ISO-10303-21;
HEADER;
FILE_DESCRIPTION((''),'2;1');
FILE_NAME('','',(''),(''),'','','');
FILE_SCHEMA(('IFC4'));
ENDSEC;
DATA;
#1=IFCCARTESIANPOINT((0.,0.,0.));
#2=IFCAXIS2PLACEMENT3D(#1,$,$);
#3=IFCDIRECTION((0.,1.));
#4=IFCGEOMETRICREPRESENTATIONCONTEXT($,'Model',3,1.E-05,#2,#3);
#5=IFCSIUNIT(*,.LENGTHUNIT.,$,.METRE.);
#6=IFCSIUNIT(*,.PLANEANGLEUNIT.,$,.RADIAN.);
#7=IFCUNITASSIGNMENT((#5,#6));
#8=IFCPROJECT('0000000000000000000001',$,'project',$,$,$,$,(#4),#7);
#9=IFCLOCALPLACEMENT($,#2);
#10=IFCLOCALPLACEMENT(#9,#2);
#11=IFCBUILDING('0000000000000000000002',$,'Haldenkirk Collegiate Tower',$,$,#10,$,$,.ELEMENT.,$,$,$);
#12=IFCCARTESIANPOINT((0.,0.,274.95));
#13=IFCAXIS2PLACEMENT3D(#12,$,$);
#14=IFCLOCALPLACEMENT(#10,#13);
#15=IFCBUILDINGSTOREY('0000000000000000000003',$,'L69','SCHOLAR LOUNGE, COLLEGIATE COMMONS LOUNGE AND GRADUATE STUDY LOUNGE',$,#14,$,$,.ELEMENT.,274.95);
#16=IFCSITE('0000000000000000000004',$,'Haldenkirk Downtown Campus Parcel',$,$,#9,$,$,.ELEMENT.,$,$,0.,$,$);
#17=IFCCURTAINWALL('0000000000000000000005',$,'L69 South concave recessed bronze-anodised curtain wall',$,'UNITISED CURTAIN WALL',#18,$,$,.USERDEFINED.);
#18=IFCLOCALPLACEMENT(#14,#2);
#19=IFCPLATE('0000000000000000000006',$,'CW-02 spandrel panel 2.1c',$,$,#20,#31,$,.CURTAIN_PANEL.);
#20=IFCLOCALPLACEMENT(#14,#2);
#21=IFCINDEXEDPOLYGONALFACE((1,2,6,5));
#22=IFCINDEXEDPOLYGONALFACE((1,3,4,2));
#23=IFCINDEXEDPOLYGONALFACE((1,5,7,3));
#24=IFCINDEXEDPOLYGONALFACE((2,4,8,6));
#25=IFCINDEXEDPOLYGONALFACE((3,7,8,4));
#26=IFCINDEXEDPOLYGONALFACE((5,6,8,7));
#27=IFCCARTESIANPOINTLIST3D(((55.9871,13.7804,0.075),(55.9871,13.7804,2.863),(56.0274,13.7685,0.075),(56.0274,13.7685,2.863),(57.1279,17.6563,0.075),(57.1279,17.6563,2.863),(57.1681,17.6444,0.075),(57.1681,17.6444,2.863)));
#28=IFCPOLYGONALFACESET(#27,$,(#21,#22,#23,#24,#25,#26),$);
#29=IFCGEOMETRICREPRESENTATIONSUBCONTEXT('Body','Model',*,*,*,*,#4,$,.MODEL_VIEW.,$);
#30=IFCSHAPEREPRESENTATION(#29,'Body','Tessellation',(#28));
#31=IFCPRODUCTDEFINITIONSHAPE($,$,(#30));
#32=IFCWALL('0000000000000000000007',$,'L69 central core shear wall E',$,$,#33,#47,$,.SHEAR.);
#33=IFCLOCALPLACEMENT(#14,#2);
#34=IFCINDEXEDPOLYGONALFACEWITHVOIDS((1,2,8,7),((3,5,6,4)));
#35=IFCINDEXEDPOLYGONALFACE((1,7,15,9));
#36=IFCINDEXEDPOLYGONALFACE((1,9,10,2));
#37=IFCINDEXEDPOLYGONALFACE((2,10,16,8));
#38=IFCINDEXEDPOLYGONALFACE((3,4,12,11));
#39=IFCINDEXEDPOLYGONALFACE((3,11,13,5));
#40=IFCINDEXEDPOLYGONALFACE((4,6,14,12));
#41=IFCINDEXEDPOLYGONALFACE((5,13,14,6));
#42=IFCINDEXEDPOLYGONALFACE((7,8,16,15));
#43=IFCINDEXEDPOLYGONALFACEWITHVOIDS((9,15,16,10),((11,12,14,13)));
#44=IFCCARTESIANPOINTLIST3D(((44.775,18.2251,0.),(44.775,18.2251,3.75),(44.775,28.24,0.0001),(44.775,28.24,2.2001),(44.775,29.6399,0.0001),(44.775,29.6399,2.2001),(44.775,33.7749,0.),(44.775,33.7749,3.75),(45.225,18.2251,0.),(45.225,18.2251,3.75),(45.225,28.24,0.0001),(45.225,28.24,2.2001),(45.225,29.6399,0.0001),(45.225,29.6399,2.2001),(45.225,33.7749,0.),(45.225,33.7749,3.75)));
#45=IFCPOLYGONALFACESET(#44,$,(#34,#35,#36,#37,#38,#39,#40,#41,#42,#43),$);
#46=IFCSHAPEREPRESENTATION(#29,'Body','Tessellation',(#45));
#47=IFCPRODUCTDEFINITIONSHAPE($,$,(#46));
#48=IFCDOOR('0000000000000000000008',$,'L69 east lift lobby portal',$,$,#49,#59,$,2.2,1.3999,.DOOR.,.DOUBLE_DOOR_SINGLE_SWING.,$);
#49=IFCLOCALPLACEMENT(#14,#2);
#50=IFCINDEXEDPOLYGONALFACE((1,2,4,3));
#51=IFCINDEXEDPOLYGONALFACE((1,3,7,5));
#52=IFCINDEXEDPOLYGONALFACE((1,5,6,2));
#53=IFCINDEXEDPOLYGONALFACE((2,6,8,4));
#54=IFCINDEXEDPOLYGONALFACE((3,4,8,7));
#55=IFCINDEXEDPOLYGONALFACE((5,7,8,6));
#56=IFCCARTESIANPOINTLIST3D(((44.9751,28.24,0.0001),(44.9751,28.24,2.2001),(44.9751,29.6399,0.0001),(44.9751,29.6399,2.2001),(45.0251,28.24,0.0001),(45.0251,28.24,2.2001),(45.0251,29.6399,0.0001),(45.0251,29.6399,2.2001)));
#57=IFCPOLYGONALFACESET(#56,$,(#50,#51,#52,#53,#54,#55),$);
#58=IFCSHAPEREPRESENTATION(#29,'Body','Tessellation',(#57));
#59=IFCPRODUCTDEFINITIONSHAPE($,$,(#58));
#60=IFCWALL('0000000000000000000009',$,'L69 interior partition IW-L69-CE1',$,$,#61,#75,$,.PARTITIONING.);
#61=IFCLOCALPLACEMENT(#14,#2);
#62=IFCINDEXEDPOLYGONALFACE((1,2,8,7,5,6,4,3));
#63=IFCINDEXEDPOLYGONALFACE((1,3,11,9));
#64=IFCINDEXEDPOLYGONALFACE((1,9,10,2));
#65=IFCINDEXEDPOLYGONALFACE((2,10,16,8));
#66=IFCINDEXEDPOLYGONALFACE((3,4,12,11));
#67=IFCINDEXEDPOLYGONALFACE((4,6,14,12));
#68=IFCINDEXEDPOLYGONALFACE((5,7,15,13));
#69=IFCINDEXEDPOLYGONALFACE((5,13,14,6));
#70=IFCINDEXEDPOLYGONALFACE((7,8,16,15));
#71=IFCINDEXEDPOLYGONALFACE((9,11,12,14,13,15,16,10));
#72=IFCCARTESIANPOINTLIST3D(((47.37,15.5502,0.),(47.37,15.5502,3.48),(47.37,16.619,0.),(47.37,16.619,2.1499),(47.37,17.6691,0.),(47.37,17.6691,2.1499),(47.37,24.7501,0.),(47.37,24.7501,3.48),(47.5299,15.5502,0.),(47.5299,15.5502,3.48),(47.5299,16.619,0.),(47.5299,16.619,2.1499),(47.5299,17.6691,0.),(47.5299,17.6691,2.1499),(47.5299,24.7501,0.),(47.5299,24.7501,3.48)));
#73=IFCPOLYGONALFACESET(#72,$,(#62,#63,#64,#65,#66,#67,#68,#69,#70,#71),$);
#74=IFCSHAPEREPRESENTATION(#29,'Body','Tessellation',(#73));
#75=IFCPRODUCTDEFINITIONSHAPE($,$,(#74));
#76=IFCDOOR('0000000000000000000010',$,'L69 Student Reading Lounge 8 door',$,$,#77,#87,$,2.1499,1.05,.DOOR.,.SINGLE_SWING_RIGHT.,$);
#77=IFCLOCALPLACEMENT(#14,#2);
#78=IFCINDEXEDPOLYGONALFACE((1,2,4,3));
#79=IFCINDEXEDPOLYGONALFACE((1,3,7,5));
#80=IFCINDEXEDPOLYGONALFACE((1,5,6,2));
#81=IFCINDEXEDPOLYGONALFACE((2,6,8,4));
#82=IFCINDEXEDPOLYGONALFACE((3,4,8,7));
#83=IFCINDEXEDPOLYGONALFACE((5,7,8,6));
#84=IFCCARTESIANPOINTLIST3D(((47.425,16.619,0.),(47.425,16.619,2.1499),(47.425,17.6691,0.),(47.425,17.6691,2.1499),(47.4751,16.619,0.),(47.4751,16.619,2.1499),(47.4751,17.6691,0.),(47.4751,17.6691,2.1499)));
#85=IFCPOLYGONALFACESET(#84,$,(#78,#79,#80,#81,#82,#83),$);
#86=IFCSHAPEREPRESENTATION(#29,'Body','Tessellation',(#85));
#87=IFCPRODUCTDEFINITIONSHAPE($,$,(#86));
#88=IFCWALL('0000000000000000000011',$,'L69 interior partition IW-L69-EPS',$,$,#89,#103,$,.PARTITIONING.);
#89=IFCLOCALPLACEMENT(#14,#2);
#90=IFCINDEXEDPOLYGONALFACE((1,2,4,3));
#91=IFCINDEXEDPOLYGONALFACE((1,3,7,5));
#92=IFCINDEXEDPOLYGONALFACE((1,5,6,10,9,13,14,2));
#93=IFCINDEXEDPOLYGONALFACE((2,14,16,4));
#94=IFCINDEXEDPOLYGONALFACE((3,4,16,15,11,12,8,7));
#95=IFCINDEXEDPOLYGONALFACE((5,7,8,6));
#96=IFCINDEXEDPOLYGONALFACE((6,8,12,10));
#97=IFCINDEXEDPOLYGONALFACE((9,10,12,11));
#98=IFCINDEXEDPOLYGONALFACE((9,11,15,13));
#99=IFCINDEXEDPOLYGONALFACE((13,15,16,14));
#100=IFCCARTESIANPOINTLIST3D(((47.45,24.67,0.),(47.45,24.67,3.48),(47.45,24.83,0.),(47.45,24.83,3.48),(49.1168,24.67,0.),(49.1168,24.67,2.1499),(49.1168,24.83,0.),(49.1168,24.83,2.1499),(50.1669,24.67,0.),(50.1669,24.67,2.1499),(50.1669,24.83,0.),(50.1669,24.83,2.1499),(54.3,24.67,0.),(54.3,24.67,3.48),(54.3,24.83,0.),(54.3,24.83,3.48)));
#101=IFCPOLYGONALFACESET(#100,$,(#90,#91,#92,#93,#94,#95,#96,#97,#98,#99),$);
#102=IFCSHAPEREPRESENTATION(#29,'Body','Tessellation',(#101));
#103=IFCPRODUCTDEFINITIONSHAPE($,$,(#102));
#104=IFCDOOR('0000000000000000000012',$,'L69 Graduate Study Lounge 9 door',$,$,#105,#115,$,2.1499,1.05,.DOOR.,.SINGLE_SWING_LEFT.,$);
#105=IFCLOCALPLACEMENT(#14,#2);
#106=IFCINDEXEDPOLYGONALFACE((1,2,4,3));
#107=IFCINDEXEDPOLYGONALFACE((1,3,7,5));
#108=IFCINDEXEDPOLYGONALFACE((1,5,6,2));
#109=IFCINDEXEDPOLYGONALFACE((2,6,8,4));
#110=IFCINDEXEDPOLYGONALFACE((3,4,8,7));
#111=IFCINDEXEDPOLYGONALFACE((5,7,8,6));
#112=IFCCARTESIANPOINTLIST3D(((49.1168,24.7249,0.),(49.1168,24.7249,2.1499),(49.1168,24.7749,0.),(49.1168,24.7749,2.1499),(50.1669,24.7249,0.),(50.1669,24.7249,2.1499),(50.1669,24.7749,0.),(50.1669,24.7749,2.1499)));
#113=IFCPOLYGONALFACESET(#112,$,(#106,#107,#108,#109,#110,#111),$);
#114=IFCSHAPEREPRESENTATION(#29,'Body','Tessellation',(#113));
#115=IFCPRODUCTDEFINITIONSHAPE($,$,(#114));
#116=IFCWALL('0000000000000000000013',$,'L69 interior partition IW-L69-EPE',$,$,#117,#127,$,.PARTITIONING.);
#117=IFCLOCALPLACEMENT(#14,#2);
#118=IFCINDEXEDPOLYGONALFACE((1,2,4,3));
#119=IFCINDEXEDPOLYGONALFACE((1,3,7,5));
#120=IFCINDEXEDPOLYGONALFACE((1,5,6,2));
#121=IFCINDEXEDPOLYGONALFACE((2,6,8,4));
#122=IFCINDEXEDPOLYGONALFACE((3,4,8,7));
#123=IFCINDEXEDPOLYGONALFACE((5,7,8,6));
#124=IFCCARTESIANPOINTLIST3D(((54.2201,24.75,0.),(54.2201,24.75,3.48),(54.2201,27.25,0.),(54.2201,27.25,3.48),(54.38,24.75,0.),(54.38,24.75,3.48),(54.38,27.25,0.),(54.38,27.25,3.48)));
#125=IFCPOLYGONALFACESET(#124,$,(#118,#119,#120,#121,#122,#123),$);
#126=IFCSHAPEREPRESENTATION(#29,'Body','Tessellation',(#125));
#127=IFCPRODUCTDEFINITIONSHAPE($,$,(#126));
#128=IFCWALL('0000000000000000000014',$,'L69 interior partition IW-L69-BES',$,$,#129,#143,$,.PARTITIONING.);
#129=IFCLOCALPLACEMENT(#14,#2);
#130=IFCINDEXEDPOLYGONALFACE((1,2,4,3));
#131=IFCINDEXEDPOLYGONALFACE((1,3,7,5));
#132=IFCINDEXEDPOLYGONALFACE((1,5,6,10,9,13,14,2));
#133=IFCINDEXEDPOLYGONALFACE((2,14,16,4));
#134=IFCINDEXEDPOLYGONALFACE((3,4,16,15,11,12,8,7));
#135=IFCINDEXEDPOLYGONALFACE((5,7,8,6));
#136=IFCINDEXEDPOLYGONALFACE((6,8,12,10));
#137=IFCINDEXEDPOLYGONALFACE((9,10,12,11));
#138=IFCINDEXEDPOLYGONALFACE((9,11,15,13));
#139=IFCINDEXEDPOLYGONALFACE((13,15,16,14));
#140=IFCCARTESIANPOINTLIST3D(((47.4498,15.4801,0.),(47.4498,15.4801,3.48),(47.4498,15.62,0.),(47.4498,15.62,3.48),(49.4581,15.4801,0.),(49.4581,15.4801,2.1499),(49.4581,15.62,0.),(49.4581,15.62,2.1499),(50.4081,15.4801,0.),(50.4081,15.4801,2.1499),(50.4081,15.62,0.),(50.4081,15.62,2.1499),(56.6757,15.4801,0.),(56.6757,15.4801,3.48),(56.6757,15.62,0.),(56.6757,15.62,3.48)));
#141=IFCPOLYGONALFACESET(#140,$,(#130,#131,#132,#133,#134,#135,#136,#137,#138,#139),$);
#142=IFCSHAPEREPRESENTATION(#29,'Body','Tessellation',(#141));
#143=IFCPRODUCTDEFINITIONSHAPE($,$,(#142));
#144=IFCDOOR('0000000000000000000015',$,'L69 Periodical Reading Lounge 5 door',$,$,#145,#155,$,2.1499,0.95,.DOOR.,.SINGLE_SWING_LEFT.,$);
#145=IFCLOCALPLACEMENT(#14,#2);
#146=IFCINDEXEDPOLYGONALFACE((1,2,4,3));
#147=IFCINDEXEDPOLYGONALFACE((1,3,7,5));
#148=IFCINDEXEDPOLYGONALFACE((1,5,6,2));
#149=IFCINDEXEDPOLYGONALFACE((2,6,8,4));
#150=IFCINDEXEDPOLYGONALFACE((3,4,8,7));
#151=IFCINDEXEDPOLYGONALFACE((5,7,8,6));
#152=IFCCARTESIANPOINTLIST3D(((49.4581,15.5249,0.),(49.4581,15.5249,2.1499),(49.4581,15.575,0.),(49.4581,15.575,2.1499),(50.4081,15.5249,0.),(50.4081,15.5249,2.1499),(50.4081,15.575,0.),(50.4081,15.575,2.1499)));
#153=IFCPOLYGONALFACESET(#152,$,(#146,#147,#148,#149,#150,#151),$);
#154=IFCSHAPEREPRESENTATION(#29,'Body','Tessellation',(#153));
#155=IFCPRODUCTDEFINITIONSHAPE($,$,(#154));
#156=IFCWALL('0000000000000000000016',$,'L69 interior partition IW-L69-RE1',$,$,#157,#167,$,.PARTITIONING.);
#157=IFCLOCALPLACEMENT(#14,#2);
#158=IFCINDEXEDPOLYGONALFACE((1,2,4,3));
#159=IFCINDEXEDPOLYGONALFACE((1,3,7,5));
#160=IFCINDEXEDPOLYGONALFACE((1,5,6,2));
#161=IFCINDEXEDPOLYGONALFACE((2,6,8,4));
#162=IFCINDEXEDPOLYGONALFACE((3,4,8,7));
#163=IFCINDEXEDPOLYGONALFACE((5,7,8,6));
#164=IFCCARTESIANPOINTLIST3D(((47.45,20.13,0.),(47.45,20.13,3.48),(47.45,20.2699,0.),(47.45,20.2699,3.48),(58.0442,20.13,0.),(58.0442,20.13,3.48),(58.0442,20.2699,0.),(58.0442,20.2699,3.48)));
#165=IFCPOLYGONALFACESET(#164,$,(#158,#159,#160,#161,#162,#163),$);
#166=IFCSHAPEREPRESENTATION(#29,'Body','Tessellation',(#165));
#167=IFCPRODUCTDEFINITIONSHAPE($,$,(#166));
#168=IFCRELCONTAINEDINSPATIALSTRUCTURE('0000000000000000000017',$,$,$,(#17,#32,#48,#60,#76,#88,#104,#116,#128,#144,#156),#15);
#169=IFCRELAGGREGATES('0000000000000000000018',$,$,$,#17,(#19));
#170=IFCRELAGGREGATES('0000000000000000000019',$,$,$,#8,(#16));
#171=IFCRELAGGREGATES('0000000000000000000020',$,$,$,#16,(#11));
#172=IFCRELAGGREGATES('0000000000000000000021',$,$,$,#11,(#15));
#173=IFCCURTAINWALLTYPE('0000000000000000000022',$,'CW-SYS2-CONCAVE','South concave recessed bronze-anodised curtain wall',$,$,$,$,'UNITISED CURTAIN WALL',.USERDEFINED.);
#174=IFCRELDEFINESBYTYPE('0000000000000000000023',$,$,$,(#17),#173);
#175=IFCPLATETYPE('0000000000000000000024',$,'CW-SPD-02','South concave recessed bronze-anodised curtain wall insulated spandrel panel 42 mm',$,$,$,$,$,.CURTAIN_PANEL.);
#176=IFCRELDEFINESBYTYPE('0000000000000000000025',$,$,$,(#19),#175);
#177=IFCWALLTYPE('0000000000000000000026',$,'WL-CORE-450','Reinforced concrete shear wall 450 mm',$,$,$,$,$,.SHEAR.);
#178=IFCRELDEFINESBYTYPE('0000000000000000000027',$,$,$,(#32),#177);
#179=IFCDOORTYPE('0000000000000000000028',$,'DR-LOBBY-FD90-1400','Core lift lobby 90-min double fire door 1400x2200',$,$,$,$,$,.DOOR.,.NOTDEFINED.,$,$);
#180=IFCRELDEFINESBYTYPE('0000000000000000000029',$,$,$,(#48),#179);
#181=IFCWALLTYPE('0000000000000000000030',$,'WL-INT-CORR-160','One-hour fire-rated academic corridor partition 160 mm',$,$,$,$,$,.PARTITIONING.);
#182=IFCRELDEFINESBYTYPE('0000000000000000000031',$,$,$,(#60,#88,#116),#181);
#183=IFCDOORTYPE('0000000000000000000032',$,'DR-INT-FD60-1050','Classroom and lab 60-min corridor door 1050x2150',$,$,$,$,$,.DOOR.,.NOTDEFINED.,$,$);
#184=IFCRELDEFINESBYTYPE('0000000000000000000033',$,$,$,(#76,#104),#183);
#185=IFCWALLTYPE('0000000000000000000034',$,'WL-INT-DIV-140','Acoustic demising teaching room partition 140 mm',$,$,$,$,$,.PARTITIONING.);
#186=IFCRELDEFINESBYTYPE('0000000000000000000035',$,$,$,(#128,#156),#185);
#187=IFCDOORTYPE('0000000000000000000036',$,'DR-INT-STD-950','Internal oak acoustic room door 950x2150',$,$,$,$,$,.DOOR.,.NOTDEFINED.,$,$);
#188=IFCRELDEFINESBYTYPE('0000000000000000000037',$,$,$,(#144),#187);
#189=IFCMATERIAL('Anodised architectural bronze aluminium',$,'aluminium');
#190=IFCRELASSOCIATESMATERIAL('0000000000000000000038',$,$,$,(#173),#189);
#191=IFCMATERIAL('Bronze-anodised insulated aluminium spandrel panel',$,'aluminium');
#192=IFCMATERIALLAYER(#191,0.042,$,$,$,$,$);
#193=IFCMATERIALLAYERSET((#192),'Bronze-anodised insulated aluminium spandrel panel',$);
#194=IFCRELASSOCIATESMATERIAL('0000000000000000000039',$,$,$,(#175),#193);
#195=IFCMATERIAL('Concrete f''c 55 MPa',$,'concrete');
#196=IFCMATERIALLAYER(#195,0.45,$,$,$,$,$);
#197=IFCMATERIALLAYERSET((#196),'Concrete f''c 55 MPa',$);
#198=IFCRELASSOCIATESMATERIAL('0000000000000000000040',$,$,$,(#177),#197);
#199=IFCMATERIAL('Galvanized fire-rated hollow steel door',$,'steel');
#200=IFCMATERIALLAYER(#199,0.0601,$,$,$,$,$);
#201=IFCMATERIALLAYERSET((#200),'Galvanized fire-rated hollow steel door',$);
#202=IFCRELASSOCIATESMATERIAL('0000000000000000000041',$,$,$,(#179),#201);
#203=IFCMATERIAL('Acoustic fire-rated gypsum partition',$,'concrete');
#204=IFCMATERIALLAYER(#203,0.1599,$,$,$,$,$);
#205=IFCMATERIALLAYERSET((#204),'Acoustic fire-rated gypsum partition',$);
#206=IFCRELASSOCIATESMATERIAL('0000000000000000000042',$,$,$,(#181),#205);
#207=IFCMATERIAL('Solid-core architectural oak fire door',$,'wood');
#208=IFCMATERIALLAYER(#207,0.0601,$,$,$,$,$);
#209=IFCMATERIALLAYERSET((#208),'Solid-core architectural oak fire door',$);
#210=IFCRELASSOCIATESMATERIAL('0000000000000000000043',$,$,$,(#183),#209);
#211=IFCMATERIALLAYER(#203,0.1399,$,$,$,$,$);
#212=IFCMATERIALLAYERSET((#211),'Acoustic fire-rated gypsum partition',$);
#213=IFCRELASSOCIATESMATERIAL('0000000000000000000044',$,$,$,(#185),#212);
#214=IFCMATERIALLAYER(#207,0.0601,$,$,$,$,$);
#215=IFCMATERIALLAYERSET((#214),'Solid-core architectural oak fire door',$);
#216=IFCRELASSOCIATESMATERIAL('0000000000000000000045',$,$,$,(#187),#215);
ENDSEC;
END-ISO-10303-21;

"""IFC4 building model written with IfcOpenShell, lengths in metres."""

from ifc_helpers import new_model, si_unit, direction, frame, frame_2d, origin, origin_2d, place, context, subcontext, project, spatial, rectangle, extrude, source, transform, mapped, material, layer, layer_set, type_object, element, fill, aggregate, save


model = new_model("IFC4")

# Units and contexts
model_context = context("Model", 3, precision=1e-05, world=origin(), true_north=direction((0.0, 1.0)))
body_context = subcontext(model_context, "Body", "Model", "MODEL_VIEW")
ifc_project = project(units=[si_unit("LENGTHUNIT", "METRE"), si_unit("PLANEANGLEUNIT", "RADIAN")], contexts=[model_context])

# Site, building, storey
site_placement = place(None, origin())
site = spatial("IfcSite", under=ifc_project, at=site_placement, Name="Haldenkirk Downtown Campus Parcel", CompositionType="ELEMENT", RefElevation=0.0)
building_placement = place(site_placement, origin())
building = spatial("IfcBuilding", under=site, at=building_placement, Name="Haldenkirk Collegiate Tower", CompositionType="ELEMENT")
storey_placement = place(building_placement, frame((0.0, 0.0, 274.95)))
storey = spatial("IfcBuildingStorey", under=building, at=storey_placement, Name="L69", Description="SCHOLAR LOUNGE, COLLEGIATE COMMONS LOUNGE AND GRADUATE STUDY LOUNGE", CompositionType="ELEMENT", Elevation=274.95)

# Curtain wall
ifc_material_1 = material(Name="Anodised architectural bronze aluminium", Category="aluminium")
curtain_wall_type = type_object("IfcCurtainWallType", Name="CW-SYS2-CONCAVE", Description="South concave recessed bronze-anodised curtain wall", ElementType="UNITISED CURTAIN WALL", PredefinedType="USERDEFINED", material=ifc_material_1)
curtain_wall_placement = place(storey_placement, origin())
curtain_wall = element("IfcCurtainWall", 1, at=curtain_wall_placement, inside=storey, type_object=curtain_wall_type, Name="L69 South concave recessed bronze-anodised curtain wall", ObjectType="UNITISED CURTAIN WALL", PredefinedType="USERDEFINED")

# Plate
ifc_material_2 = material(Name="Bronze-anodised insulated aluminium spandrel panel", Category="aluminium")
ifc_layer_1 = layer(ifc_material_2, 0.042)
ifc_layer_set_1 = layer_set([ifc_layer_1], Name="Bronze-anodised insulated aluminium spandrel panel")
plate_type_1 = type_object("IfcPlateType", Name="CW-SPD-02", Description="South concave recessed bronze-anodised curtain wall insulated spandrel panel 42 mm", PredefinedType="CURTAIN_PANEL", material=ifc_layer_set_1)
shared_shape_1 = source(origin(), body_context, "Body", "SweptSolid", [
    extrude(rectangle(XDim=4.0403, YDim=0.042, at=origin_2d()), origin(), (0.0, 0.0, 1.0), 2.7881),
])
plate_1_placement = place(storey_placement, frame((56.5776, 15.7124, 0.075), z_axis=(0.0, 0.0, 1.0), x_axis=(-0.282341, -0.959314, 0.0)))
plate_1 = element("IfcPlate", 2, at=plate_1_placement, type_object=plate_type_1, Name="CW-02 spandrel panel 2.1c", PredefinedType="CURTAIN_PANEL", context=body_context, shape_type="MappedRepresentation", body=[
    mapped(shared_shape_1, transform((0.0, 0.0, 0.0), x_axis=(1.0, 0.0, 0.0), y_axis=(0.0, 1.0, 0.0), z_axis=(0.0, 0.0, 1.0), scale=1.0)),
])
aggregate(curtain_wall, [plate_1])

# Walls, openings, doors
ifc_material_3 = material(Name="Concrete f'c 55 MPa", Category="concrete")
ifc_layer_2 = layer(ifc_material_3, 0.45)
ifc_layer_set_2 = layer_set([ifc_layer_2], Name="Concrete f'c 55 MPa")
wall_type_1 = type_object("IfcWallType", Name="WL-CORE-450", Description="Reinforced concrete shear wall 450 mm", PredefinedType="SHEAR", material=ifc_layer_set_2)
wall_1_placement = place(storey_placement, frame((45.0, 18.2251, 0.0), z_axis=(0.0, 0.0, 1.0), x_axis=(0.0, 1.0, 0.0)))
wall_1 = element("IfcWall", 3, at=wall_1_placement, inside=storey, type_object=wall_type_1, Name="L69 central core shear wall E", PredefinedType="SHEAR", context=body_context, shape_type="SweptSolid", body=[
    extrude(rectangle(XDim=15.5498, YDim=0.45, at=frame_2d((7.7749, 0.0))), origin(), (0.0, 0.0, 1.0), 3.75),
])
opening_1_placement = place(wall_1_placement, frame((10.0149, 0.0, 0.0)))
opening_1 = element("IfcOpeningElement", 4, at=opening_1_placement, cuts=wall_1, PredefinedType="OPENING", context=body_context, shape_type="SweptSolid", body=[
    extrude(rectangle(XDim=1.3999, YDim=2.2, at=frame_2d((0.7, 1.1001))), frame((0.0, 0.2349, 0.0), z_axis=(0.0, -1.0, 0.0), x_axis=(1.0, 0.0, 0.0)), (0.0, 0.0, 1.0), 0.47),
])
ifc_material_4 = material(Name="Galvanized fire-rated hollow steel door", Category="steel")
ifc_layer_3 = layer(ifc_material_4, 0.0601)
ifc_layer_set_3 = layer_set([ifc_layer_3], Name="Galvanized fire-rated hollow steel door")
door_type_1 = type_object("IfcDoorType", Name="DR-LOBBY-FD90-1400", Description="Core lift lobby 90-min double fire door 1400x2200", OperationType="NOTDEFINED", PredefinedType="DOOR", material=ifc_layer_set_3)
door_1_placement = place(opening_1_placement, origin())
door_1 = element("IfcDoor", 5, at=door_1_placement, inside=storey, type_object=door_type_1, Name="L69 east lift lobby portal", OperationType="DOUBLE_DOOR_SINGLE_SWING", OverallHeight=2.2, OverallWidth=1.3999, PredefinedType="DOOR", context=body_context, shape_type="SweptSolid", body=[
    extrude(rectangle(XDim=1.3999, YDim=2.2, at=frame_2d((0.7, 1.1001))), frame((0.0, 0.0249, 0.0), z_axis=(0.0, -1.0, 0.0), x_axis=(1.0, 0.0, 0.0)), (0.0, 0.0, 1.0), 0.05),
])
fill(opening_1, door_1)
ifc_material_5 = material(Name="Acoustic fire-rated gypsum partition", Category="concrete")
ifc_layer_4 = layer(ifc_material_5, 0.1599)
ifc_layer_set_4 = layer_set([ifc_layer_4], Name="Acoustic fire-rated gypsum partition")
wall_type_2 = type_object("IfcWallType", Name="WL-INT-CORR-160", Description="One-hour fire-rated academic corridor partition 160 mm", PredefinedType="PARTITIONING", material=ifc_layer_set_4)
wall_2_placement = place(storey_placement, frame((47.45, 15.55, 0.0), z_axis=(0.0, 0.0, 1.0), x_axis=(0.0, 1.0, 0.0)))
wall_2 = element("IfcWall", 6, at=wall_2_placement, inside=storey, type_object=wall_type_2, Name="L69 interior partition IW-L69-CE1", PredefinedType="PARTITIONING", context=body_context, shape_type="SweptSolid", body=[
    extrude(rectangle(XDim=9.2, YDim=0.1599, at=frame_2d((4.6001, 0.0))), origin(), (0.0, 0.0, 1.0), 3.48),
])
opening_2_placement = place(wall_2_placement, frame((1.0691, 0.0, 0.0)))
opening_2 = element("IfcOpeningElement", 7, at=opening_2_placement, cuts=wall_2, PredefinedType="OPENING", context=body_context, shape_type="SweptSolid", body=[
    extrude(rectangle(XDim=1.05, YDim=2.1499, at=frame_2d((0.5249, 1.075))), frame((0.0, 0.0898, 0.0), z_axis=(0.0, -1.0, 0.0), x_axis=(1.0, 0.0, 0.0)), (0.0, 0.0, 1.0), 0.1799),
])
ifc_material_6 = material(Name="Solid-core architectural oak fire door", Category="wood")
ifc_layer_5 = layer(ifc_material_6, 0.0601)
ifc_layer_set_5 = layer_set([ifc_layer_5], Name="Solid-core architectural oak fire door")
door_type_2 = type_object("IfcDoorType", Name="DR-INT-FD60-1050", Description="Classroom and lab 60-min corridor door 1050x2150", OperationType="NOTDEFINED", PredefinedType="DOOR", material=ifc_layer_set_5)
door_2_placement = place(opening_2_placement, origin())
door_2 = element("IfcDoor", 8, at=door_2_placement, inside=storey, type_object=door_type_2, Name="L69 Student Reading Lounge 8 door", OperationType="SINGLE_SWING_RIGHT", OverallHeight=2.1499, OverallWidth=1.05, PredefinedType="DOOR", context=body_context, shape_type="SweptSolid", body=[
    extrude(rectangle(XDim=1.05, YDim=2.1499, at=frame_2d((0.5249, 1.075))), frame((0.0, 0.0249, 0.0), z_axis=(0.0, -1.0, 0.0), x_axis=(1.0, 0.0, 0.0)), (0.0, 0.0, 1.0), 0.05),
])
fill(opening_2, door_2)
wall_3_placement = place(storey_placement, frame((47.45, 24.75, 0.0), z_axis=(0.0, 0.0, 1.0), x_axis=(1.0, 0.0, 0.0)))
wall_3 = element("IfcWall", 9, at=wall_3_placement, inside=storey, type_object=wall_type_2, Name="L69 interior partition IW-L69-EPS", PredefinedType="PARTITIONING", context=body_context, shape_type="SweptSolid", body=[
    extrude(rectangle(XDim=6.8501, YDim=0.1599, at=frame_2d((3.425, 0.0))), origin(), (0.0, 0.0, 1.0), 3.48),
])
opening_3_placement = place(wall_3_placement, frame((1.667, 0.0, 0.0)))
opening_3 = element("IfcOpeningElement", 10, at=opening_3_placement, cuts=wall_3, PredefinedType="OPENING", context=body_context, shape_type="SweptSolid", body=[
    extrude(rectangle(XDim=1.05, YDim=2.1499, at=frame_2d((0.5249, 1.075))), frame((0.0, 0.0898, 0.0), z_axis=(0.0, -1.0, 0.0), x_axis=(1.0, 0.0, 0.0)), (0.0, 0.0, 1.0), 0.1799),
])
door_3_placement = place(opening_3_placement, origin())
door_3 = element("IfcDoor", 11, at=door_3_placement, inside=storey, type_object=door_type_2, Name="L69 Graduate Study Lounge 9 door", OperationType="SINGLE_SWING_LEFT", OverallHeight=2.1499, OverallWidth=1.05, PredefinedType="DOOR", context=body_context, shape_type="SweptSolid", body=[
    extrude(rectangle(XDim=1.05, YDim=2.1499, at=frame_2d((0.5249, 1.075))), frame((0.0, 0.0249, 0.0), z_axis=(0.0, -1.0, 0.0), x_axis=(1.0, 0.0, 0.0)), (0.0, 0.0, 1.0), 0.05),
])
fill(opening_3, door_3)

# Wall
wall_4_placement = place(storey_placement, frame((54.3, 24.75, 0.0), z_axis=(0.0, 0.0, 1.0), x_axis=(0.0, 1.0, 0.0)))
element("IfcWall", 12, at=wall_4_placement, inside=storey, type_object=wall_type_2, Name="L69 interior partition IW-L69-EPE", PredefinedType="PARTITIONING", context=body_context, shape_type="SweptSolid", body=[
    extrude(rectangle(XDim=2.5, YDim=0.1599, at=frame_2d((1.25, 0.0))), origin(), (0.0, 0.0, 1.0), 3.48),
])

# Wall, opening, door
ifc_layer_6 = layer(ifc_material_5, 0.1399)
ifc_layer_set_6 = layer_set([ifc_layer_6], Name="Acoustic fire-rated gypsum partition")
wall_type_3 = type_object("IfcWallType", Name="WL-INT-DIV-140", Description="Acoustic demising teaching room partition 140 mm", PredefinedType="PARTITIONING", material=ifc_layer_set_6)
wall_5_placement = place(storey_placement, frame((47.45, 15.55, 0.0), z_axis=(0.0, 0.0, 1.0), x_axis=(1.0, 0.0, 0.0)))
wall_5 = element("IfcWall", 13, at=wall_5_placement, inside=storey, type_object=wall_type_3, Name="L69 interior partition IW-L69-BES", PredefinedType="PARTITIONING", context=body_context, shape_type="SweptSolid", body=[
    extrude(rectangle(XDim=9.2258, YDim=0.1399, at=frame_2d((4.6128, 0.0))), origin(), (0.0, 0.0, 1.0), 3.48),
])
opening_4_placement = place(wall_5_placement, frame((2.0081, 0.0, 0.0)))
opening_4 = element("IfcOpeningElement", 14, at=opening_4_placement, cuts=wall_5, PredefinedType="OPENING", context=body_context, shape_type="SweptSolid", body=[
    extrude(rectangle(XDim=0.95, YDim=2.1499, at=frame_2d((0.4751, 1.075))), frame((0.0, 0.0798, 0.0), z_axis=(0.0, -1.0, 0.0), x_axis=(1.0, 0.0, 0.0)), (0.0, 0.0, 1.0), 0.1599),
])
ifc_layer_7 = layer(ifc_material_6, 0.0601)
ifc_layer_set_7 = layer_set([ifc_layer_7], Name="Solid-core architectural oak fire door")
door_type_3 = type_object("IfcDoorType", Name="DR-INT-STD-950", Description="Internal oak acoustic room door 950x2150", OperationType="NOTDEFINED", PredefinedType="DOOR", material=ifc_layer_set_7)
door_4_placement = place(opening_4_placement, origin())
door_4 = element("IfcDoor", 15, at=door_4_placement, inside=storey, type_object=door_type_3, Name="L69 Periodical Reading Lounge 5 door", OperationType="SINGLE_SWING_LEFT", OverallHeight=2.1499, OverallWidth=0.95, PredefinedType="DOOR", context=body_context, shape_type="SweptSolid", body=[
    extrude(rectangle(XDim=0.95, YDim=2.1499, at=frame_2d((0.4751, 1.075))), frame((0.0, 0.0249, 0.0), z_axis=(0.0, -1.0, 0.0), x_axis=(1.0, 0.0, 0.0)), (0.0, 0.0, 1.0), 0.05),
])
fill(opening_4, door_4)

# Wall
wall_6_placement = place(storey_placement, frame((47.45, 20.2, 0.0), z_axis=(0.0, 0.0, 1.0), x_axis=(1.0, 0.0, 0.0)))
element("IfcWall", 16, at=wall_6_placement, inside=storey, type_object=wall_type_3, Name="L69 interior partition IW-L69-RE1", PredefinedType="PARTITIONING", context=body_context, shape_type="SweptSolid", body=[
    extrude(rectangle(XDim=10.5942, YDim=0.1399, at=frame_2d((5.2971, 0.0))), origin(), (0.0, 0.0, 1.0), 3.48),
])

save(model, "model.ifc")
